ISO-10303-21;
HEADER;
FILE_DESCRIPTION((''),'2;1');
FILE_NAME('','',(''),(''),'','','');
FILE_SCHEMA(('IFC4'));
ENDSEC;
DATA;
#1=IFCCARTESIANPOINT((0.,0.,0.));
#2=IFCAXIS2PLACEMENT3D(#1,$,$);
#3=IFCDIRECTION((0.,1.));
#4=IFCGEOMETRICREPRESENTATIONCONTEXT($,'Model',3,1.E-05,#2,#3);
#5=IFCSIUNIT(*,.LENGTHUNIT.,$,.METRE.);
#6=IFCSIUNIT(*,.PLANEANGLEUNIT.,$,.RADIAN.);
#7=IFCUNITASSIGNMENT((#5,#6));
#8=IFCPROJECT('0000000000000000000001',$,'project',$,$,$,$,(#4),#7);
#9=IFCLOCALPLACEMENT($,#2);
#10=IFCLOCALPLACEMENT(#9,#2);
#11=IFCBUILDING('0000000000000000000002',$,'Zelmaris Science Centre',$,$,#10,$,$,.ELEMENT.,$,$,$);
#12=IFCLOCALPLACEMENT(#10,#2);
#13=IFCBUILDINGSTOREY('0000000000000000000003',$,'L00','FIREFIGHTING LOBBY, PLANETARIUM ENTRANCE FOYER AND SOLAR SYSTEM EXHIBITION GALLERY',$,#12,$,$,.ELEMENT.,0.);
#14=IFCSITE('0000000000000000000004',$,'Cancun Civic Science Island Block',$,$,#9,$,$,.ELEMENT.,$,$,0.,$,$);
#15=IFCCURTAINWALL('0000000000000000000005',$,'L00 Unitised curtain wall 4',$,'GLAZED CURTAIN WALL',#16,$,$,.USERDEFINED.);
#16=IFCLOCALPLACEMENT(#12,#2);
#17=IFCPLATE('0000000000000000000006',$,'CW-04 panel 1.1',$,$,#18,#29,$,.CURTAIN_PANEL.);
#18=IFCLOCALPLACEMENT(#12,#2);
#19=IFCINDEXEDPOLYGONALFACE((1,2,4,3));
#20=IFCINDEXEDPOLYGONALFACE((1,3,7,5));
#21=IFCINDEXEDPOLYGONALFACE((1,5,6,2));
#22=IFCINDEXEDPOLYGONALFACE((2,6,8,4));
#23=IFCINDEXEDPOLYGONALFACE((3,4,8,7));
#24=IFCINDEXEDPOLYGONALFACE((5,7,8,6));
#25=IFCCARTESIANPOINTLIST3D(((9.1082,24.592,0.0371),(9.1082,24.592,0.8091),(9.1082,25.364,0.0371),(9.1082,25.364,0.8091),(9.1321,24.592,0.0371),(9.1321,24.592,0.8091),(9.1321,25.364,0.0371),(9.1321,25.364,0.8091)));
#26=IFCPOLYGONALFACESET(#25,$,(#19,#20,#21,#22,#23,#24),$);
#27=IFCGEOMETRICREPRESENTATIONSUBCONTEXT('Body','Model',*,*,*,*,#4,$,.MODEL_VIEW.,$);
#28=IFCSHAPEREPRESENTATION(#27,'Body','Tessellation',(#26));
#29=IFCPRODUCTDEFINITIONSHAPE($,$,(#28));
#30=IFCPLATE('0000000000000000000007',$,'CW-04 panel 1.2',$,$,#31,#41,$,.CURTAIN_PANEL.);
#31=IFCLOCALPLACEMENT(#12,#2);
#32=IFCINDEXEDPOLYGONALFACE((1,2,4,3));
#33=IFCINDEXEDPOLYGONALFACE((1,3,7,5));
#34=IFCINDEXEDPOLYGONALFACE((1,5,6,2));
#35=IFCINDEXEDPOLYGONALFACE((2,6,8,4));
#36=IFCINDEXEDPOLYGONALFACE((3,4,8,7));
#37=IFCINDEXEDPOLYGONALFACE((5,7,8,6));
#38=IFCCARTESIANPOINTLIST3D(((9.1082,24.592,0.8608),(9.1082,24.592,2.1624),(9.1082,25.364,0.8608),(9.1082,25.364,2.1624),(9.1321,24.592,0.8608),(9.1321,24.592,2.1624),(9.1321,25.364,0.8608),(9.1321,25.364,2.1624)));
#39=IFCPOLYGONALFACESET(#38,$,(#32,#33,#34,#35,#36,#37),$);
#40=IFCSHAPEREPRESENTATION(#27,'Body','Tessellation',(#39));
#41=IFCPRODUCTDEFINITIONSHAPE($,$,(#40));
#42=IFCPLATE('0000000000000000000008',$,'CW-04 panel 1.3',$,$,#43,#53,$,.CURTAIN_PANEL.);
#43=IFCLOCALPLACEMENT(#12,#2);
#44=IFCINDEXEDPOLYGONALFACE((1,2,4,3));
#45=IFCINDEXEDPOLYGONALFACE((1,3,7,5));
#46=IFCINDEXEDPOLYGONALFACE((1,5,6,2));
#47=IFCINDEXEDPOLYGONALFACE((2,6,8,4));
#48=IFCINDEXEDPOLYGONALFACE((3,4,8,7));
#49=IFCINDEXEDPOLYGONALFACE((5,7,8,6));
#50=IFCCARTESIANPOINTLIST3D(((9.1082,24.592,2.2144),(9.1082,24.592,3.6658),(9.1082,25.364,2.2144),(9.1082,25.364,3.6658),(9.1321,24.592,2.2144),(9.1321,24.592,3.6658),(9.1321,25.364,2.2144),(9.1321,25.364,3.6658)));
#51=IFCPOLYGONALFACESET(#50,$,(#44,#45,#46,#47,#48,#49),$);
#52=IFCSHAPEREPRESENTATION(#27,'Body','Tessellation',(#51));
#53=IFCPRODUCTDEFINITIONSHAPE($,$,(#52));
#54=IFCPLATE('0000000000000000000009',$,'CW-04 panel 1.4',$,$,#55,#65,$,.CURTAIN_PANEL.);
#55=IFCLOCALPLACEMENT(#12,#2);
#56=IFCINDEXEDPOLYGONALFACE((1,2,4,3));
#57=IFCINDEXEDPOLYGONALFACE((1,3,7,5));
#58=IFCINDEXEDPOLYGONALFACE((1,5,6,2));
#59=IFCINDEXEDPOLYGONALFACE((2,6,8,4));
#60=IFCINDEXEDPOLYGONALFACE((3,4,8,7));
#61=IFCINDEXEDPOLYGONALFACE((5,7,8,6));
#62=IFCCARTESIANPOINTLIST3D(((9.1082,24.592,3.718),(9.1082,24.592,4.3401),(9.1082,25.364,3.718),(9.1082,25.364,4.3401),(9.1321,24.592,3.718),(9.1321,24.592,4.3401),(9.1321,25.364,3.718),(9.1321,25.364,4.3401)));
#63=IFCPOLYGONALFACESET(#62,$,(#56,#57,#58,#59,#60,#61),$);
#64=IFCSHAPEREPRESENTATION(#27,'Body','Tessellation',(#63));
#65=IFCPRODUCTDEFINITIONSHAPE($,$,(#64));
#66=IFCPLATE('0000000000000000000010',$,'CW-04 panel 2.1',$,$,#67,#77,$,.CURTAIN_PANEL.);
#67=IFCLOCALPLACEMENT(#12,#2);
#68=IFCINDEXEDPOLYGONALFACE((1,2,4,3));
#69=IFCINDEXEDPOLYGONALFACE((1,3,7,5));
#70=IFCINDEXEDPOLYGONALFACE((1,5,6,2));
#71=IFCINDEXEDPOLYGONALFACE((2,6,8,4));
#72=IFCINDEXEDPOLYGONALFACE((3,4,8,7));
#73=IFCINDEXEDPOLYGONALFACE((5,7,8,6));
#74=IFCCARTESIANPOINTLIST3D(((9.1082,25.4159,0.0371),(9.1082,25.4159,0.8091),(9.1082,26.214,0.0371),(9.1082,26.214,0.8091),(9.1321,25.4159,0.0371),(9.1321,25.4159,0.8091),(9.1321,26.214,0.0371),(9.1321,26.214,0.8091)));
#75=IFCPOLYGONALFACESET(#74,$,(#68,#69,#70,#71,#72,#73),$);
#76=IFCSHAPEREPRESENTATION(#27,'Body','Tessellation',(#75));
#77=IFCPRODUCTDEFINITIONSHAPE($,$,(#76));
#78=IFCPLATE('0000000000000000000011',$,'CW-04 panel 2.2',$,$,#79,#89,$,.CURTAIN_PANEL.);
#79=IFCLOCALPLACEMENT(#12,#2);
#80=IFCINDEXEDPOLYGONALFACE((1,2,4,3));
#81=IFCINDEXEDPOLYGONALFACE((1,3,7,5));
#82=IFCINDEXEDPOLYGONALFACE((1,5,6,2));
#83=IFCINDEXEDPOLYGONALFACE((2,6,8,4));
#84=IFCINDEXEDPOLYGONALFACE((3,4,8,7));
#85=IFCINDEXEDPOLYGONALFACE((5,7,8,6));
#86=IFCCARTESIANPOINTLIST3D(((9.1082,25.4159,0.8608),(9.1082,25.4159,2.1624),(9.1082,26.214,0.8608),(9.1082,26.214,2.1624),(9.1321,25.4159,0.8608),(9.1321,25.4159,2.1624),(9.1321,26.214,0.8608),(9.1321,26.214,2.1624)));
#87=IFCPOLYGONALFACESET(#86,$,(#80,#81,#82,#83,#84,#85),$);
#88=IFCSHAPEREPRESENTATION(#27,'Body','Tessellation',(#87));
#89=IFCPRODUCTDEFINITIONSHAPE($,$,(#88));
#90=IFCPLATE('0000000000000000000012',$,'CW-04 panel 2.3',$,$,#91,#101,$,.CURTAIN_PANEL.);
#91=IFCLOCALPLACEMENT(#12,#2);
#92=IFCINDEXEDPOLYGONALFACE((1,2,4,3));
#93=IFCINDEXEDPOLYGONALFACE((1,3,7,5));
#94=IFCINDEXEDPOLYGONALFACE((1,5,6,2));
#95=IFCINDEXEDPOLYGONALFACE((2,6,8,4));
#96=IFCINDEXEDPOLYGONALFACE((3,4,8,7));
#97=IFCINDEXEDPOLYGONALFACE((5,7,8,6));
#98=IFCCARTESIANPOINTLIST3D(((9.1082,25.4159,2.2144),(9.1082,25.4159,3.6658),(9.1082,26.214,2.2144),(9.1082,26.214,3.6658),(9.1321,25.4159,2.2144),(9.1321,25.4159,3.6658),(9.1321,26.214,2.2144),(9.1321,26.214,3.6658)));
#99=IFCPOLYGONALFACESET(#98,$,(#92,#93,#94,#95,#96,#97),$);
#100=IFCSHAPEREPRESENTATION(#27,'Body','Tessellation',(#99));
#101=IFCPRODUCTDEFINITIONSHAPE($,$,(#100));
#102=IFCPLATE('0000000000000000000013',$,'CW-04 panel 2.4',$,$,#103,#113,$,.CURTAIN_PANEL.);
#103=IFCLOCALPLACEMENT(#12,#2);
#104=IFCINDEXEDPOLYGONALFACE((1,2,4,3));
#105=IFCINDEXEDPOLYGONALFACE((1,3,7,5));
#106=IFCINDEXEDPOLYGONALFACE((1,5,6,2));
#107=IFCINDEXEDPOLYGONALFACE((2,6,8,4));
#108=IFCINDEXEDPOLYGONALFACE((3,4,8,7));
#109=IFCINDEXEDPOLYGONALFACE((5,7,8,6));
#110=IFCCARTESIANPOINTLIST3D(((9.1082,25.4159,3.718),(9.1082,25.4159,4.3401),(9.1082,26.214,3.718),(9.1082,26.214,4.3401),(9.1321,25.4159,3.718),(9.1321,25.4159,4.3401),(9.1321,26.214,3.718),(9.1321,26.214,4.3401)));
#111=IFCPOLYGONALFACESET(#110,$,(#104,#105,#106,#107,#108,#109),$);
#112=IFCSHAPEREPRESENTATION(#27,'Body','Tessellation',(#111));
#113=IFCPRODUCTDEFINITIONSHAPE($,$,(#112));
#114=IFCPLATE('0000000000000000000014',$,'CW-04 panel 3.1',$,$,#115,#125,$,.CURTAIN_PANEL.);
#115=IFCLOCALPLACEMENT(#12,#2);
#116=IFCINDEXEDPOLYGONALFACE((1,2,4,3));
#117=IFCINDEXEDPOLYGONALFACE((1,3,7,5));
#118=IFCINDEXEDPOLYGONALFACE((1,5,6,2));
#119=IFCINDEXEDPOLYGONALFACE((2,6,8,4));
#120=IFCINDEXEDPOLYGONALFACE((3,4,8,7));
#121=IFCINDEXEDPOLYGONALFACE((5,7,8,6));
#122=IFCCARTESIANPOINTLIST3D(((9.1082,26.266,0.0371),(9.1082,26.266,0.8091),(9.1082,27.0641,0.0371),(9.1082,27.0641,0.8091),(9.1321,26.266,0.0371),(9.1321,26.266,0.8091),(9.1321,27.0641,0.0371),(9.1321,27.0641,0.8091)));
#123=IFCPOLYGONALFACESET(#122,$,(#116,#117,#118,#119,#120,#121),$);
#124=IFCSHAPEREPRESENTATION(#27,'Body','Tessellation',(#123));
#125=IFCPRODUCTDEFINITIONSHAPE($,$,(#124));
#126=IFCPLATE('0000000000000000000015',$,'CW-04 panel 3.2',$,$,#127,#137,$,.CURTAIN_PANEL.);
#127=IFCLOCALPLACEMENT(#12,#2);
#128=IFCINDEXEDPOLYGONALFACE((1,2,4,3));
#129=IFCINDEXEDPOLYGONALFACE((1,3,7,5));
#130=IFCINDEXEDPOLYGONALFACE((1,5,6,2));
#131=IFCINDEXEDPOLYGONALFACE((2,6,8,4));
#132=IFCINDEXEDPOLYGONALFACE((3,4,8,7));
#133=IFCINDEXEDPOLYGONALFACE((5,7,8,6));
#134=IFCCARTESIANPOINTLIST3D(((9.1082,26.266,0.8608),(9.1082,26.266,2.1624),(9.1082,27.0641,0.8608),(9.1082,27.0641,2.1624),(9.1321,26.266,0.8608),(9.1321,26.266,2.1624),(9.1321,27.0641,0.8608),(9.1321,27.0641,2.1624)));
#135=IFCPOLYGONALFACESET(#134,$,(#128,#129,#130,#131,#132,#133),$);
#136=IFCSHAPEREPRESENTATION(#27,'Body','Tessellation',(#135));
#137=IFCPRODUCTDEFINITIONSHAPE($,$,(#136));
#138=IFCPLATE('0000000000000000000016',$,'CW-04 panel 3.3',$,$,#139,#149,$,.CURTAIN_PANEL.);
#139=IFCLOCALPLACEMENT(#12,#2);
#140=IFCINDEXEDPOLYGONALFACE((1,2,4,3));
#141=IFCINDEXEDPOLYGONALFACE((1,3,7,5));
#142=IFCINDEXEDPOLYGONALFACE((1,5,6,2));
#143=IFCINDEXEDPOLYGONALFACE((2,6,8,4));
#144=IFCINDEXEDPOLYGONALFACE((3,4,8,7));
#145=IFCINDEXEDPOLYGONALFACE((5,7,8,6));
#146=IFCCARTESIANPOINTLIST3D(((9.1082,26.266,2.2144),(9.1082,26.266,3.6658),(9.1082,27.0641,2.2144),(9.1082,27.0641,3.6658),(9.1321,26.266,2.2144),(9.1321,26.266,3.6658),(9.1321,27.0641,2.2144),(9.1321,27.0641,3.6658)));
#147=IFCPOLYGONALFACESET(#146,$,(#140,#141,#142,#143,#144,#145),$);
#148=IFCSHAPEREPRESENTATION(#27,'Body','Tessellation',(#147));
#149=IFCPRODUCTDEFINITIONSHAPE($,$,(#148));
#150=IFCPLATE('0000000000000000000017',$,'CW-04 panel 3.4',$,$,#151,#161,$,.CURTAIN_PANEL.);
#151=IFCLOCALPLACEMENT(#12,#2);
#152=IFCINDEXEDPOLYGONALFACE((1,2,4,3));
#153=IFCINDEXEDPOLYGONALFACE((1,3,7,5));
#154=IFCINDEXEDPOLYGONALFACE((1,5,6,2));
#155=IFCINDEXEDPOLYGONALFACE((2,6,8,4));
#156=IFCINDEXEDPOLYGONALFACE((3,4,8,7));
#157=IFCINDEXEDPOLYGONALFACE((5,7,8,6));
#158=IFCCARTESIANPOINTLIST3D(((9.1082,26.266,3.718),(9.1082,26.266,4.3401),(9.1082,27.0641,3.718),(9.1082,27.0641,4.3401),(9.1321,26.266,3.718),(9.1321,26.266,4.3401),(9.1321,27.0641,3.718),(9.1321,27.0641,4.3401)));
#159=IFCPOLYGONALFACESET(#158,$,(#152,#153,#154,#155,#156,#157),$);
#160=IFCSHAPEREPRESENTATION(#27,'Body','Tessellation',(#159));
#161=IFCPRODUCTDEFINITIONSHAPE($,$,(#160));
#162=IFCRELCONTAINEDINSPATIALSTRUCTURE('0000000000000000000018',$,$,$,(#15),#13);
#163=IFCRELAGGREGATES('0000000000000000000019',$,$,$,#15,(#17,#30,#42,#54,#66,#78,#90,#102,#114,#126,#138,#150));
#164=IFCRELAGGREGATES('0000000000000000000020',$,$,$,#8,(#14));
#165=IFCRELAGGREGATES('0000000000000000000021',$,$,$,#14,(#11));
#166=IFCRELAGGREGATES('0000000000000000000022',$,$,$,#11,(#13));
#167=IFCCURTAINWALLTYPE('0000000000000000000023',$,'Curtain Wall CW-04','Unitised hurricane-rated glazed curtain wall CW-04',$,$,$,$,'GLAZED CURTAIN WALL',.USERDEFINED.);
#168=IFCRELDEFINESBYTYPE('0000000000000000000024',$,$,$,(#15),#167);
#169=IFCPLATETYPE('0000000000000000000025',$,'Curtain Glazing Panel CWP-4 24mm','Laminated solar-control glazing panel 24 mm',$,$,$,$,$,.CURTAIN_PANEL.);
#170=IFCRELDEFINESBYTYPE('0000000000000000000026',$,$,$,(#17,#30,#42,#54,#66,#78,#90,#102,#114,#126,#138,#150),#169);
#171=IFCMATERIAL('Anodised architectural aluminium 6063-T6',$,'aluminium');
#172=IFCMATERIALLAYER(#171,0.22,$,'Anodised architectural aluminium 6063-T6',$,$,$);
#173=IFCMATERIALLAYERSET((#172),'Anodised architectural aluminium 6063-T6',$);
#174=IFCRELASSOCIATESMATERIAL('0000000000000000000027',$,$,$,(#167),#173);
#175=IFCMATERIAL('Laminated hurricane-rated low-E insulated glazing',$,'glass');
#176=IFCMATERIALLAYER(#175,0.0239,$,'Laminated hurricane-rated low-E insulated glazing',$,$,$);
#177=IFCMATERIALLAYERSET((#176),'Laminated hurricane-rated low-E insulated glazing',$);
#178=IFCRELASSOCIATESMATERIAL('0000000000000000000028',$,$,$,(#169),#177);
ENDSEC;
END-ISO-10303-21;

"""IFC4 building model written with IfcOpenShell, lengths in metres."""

from ifc_helpers import new_model, si_unit, direction, frame, origin, origin_2d, place, context, subcontext, project, spatial, rectangle, extrude, material, layer, layer_set, type_object, element, aggregate, save


model = new_model("IFC4")

# Units and contexts
model_context = context("Model", 3, precision=1e-05, world=origin(), true_north=direction((0.0, 1.0)))
body_context = subcontext(model_context, "Body", "Model", "MODEL_VIEW")
ifc_project = project(units=[si_unit("LENGTHUNIT", "METRE"), si_unit("PLANEANGLEUNIT", "RADIAN")], contexts=[model_context])

# Site, building, storey
site_placement = place(None, origin())
site = spatial("IfcSite", under=ifc_project, at=site_placement, Name="Cancun Civic Science Island Block", CompositionType="ELEMENT", RefElevation=0.0)
building_placement = place(site_placement, origin())
building = spatial("IfcBuilding", under=site, at=building_placement, Name="Zelmaris Science Centre", CompositionType="ELEMENT")
storey_placement = place(building_placement, origin())
storey = spatial("IfcBuildingStorey", under=building, at=storey_placement, Name="L00", Description="FIREFIGHTING LOBBY, PLANETARIUM ENTRANCE FOYER AND SOLAR SYSTEM EXHIBITION GALLERY", CompositionType="ELEMENT", Elevation=0.0)

# Curtain wall, plates
ifc_material_1 = material(Name="Anodised architectural aluminium 6063-T6", Category="aluminium")
ifc_layer_1 = layer(ifc_material_1, 0.22, Name="Anodised architectural aluminium 6063-T6")
ifc_layer_set_1 = layer_set([ifc_layer_1], Name="Anodised architectural aluminium 6063-T6")
curtain_wall_type = type_object("IfcCurtainWallType", Name="Curtain Wall CW-04", Description="Unitised hurricane-rated glazed curtain wall CW-04", ElementType="GLAZED CURTAIN WALL", PredefinedType="USERDEFINED", material=ifc_layer_set_1)
curtain_wall_placement = place(storey_placement, origin())
curtain_wall = element("IfcCurtainWall", 1, at=curtain_wall_placement, inside=storey, type_object=curtain_wall_type, Name="L00 Unitised curtain wall 4", ObjectType="GLAZED CURTAIN WALL", PredefinedType="USERDEFINED")
ifc_material_2 = material(Name="Laminated hurricane-rated low-E insulated glazing", Category="glass")
ifc_layer_2 = layer(ifc_material_2, 0.0239, Name="Laminated hurricane-rated low-E insulated glazing")
ifc_layer_set_2 = layer_set([ifc_layer_2], Name="Laminated hurricane-rated low-E insulated glazing")
plate_type = type_object("IfcPlateType", Name="Curtain Glazing Panel CWP-4 24mm", Description="Laminated solar-control glazing panel 24 mm", PredefinedType="CURTAIN_PANEL", material=ifc_layer_set_2)
plate_1_placement = place(storey_placement, frame((9.1201, 24.978, 0.0371), z_axis=(0.0, 0.0, 1.0), x_axis=(0.0, 1.0, 0.0)))
plate_1 = element("IfcPlate", 2, at=plate_1_placement, type_object=plate_type, Name="CW-04 panel 1.1", PredefinedType="CURTAIN_PANEL", context=body_context, shape_type="SweptSolid", body=[
    extrude(rectangle(XDim=0.772, YDim=0.0239, at=origin_2d()), origin(), (0.0, 0.0, 1.0), 0.772),
])
plate_2_placement = place(storey_placement, frame((9.1201, 24.978, 0.8608), z_axis=(0.0, 0.0, 1.0), x_axis=(0.0, 1.0, 0.0)))
plate_2 = element("IfcPlate", 3, at=plate_2_placement, type_object=plate_type, Name="CW-04 panel 1.2", PredefinedType="CURTAIN_PANEL", context=body_context, shape_type="SweptSolid", body=[
    extrude(rectangle(XDim=0.772, YDim=0.0239, at=origin_2d()), origin(), (0.0, 0.0, 1.0), 1.3015),
])
plate_3_placement = place(storey_placement, frame((9.1201, 24.978, 2.2144), z_axis=(0.0, 0.0, 1.0), x_axis=(0.0, 1.0, 0.0)))
plate_3 = element("IfcPlate", 4, at=plate_3_placement, type_object=plate_type, Name="CW-04 panel 1.3", PredefinedType="CURTAIN_PANEL", context=body_context, shape_type="SweptSolid", body=[
    extrude(rectangle(XDim=0.772, YDim=0.0239, at=origin_2d()), origin(), (0.0, 0.0, 1.0), 1.4514),
])
plate_4_placement = place(storey_placement, frame((9.1201, 24.978, 3.718), z_axis=(0.0, 0.0, 1.0), x_axis=(0.0, 1.0, 0.0)))
plate_4 = element("IfcPlate", 5, at=plate_4_placement, type_object=plate_type, Name="CW-04 panel 1.4", PredefinedType="CURTAIN_PANEL", context=body_context, shape_type="SweptSolid", body=[
    extrude(rectangle(XDim=0.772, YDim=0.0239, at=origin_2d()), origin(), (0.0, 0.0, 1.0), 0.6221),
])
plate_5_placement = place(storey_placement, frame((9.1201, 25.8149, 0.0371), z_axis=(0.0, 0.0, 1.0), x_axis=(0.0, 1.0, 0.0)))
plate_5 = element("IfcPlate", 6, at=plate_5_placement, type_object=plate_type, Name="CW-04 panel 2.1", PredefinedType="CURTAIN_PANEL", context=body_context, shape_type="SweptSolid", body=[
    extrude(rectangle(XDim=0.7981, YDim=0.0239, at=origin_2d()), origin(), (0.0, 0.0, 1.0), 0.772),
])
plate_6_placement = place(storey_placement, frame((9.1201, 25.8149, 0.8608), z_axis=(0.0, 0.0, 1.0), x_axis=(0.0, 1.0, 0.0)))
plate_6 = element("IfcPlate", 7, at=plate_6_placement, type_object=plate_type, Name="CW-04 panel 2.2", PredefinedType="CURTAIN_PANEL", context=body_context, shape_type="SweptSolid", body=[
    extrude(rectangle(XDim=0.7981, YDim=0.0239, at=origin_2d()), origin(), (0.0, 0.0, 1.0), 1.3015),
])
plate_7_placement = place(storey_placement, frame((9.1201, 25.8149, 2.2144), z_axis=(0.0, 0.0, 1.0), x_axis=(0.0, 1.0, 0.0)))
plate_7 = element("IfcPlate", 8, at=plate_7_placement, type_object=plate_type, Name="CW-04 panel 2.3", PredefinedType="CURTAIN_PANEL", context=body_context, shape_type="SweptSolid", body=[
    extrude(rectangle(XDim=0.7981, YDim=0.0239, at=origin_2d()), origin(), (0.0, 0.0, 1.0), 1.4514),
])
plate_8_placement = place(storey_placement, frame((9.1201, 25.8149, 3.718), z_axis=(0.0, 0.0, 1.0), x_axis=(0.0, 1.0, 0.0)))
plate_8 = element("IfcPlate", 9, at=plate_8_placement, type_object=plate_type, Name="CW-04 panel 2.4", PredefinedType="CURTAIN_PANEL", context=body_context, shape_type="SweptSolid", body=[
    extrude(rectangle(XDim=0.7981, YDim=0.0239, at=origin_2d()), origin(), (0.0, 0.0, 1.0), 0.6221),
])
plate_9_placement = place(storey_placement, frame((9.1201, 26.665, 0.0371), z_axis=(0.0, 0.0, 1.0), x_axis=(0.0, 1.0, 0.0)))
plate_9 = element("IfcPlate", 10, at=plate_9_placement, type_object=plate_type, Name="CW-04 panel 3.1", PredefinedType="CURTAIN_PANEL", context=body_context, shape_type="SweptSolid", body=[
    extrude(rectangle(XDim=0.7981, YDim=0.0239, at=origin_2d()), origin(), (0.0, 0.0, 1.0), 0.772),
])
plate_10_placement = place(storey_placement, frame((9.1201, 26.665, 0.8608), z_axis=(0.0, 0.0, 1.0), x_axis=(0.0, 1.0, 0.0)))
plate_10 = element("IfcPlate", 11, at=plate_10_placement, type_object=plate_type, Name="CW-04 panel 3.2", PredefinedType="CURTAIN_PANEL", context=body_context, shape_type="SweptSolid", body=[
    extrude(rectangle(XDim=0.7981, YDim=0.0239, at=origin_2d()), origin(), (0.0, 0.0, 1.0), 1.3015),
])
plate_11_placement = place(storey_placement, frame((9.1201, 26.665, 2.2144), z_axis=(0.0, 0.0, 1.0), x_axis=(0.0, 1.0, 0.0)))
plate_11 = element("IfcPlate", 12, at=plate_11_placement, type_object=plate_type, Name="CW-04 panel 3.3", PredefinedType="CURTAIN_PANEL", context=body_context, shape_type="SweptSolid", body=[
    extrude(rectangle(XDim=0.7981, YDim=0.0239, at=origin_2d()), origin(), (0.0, 0.0, 1.0), 1.4514),
])
plate_12_placement = place(storey_placement, frame((9.1201, 26.665, 3.718), z_axis=(0.0, 0.0, 1.0), x_axis=(0.0, 1.0, 0.0)))
plate_12 = element("IfcPlate", 13, at=plate_12_placement, type_object=plate_type, Name="CW-04 panel 3.4", PredefinedType="CURTAIN_PANEL", context=body_context, shape_type="SweptSolid", body=[
    extrude(rectangle(XDim=0.7981, YDim=0.0239, at=origin_2d()), origin(), (0.0, 0.0, 1.0), 0.6221),
])
aggregate(curtain_wall, [plate_1, plate_2, plate_3, plate_4, plate_5, plate_6, plate_7, plate_8, plate_9, plate_10, plate_11, plate_12])

save(model, "model.ifc")
